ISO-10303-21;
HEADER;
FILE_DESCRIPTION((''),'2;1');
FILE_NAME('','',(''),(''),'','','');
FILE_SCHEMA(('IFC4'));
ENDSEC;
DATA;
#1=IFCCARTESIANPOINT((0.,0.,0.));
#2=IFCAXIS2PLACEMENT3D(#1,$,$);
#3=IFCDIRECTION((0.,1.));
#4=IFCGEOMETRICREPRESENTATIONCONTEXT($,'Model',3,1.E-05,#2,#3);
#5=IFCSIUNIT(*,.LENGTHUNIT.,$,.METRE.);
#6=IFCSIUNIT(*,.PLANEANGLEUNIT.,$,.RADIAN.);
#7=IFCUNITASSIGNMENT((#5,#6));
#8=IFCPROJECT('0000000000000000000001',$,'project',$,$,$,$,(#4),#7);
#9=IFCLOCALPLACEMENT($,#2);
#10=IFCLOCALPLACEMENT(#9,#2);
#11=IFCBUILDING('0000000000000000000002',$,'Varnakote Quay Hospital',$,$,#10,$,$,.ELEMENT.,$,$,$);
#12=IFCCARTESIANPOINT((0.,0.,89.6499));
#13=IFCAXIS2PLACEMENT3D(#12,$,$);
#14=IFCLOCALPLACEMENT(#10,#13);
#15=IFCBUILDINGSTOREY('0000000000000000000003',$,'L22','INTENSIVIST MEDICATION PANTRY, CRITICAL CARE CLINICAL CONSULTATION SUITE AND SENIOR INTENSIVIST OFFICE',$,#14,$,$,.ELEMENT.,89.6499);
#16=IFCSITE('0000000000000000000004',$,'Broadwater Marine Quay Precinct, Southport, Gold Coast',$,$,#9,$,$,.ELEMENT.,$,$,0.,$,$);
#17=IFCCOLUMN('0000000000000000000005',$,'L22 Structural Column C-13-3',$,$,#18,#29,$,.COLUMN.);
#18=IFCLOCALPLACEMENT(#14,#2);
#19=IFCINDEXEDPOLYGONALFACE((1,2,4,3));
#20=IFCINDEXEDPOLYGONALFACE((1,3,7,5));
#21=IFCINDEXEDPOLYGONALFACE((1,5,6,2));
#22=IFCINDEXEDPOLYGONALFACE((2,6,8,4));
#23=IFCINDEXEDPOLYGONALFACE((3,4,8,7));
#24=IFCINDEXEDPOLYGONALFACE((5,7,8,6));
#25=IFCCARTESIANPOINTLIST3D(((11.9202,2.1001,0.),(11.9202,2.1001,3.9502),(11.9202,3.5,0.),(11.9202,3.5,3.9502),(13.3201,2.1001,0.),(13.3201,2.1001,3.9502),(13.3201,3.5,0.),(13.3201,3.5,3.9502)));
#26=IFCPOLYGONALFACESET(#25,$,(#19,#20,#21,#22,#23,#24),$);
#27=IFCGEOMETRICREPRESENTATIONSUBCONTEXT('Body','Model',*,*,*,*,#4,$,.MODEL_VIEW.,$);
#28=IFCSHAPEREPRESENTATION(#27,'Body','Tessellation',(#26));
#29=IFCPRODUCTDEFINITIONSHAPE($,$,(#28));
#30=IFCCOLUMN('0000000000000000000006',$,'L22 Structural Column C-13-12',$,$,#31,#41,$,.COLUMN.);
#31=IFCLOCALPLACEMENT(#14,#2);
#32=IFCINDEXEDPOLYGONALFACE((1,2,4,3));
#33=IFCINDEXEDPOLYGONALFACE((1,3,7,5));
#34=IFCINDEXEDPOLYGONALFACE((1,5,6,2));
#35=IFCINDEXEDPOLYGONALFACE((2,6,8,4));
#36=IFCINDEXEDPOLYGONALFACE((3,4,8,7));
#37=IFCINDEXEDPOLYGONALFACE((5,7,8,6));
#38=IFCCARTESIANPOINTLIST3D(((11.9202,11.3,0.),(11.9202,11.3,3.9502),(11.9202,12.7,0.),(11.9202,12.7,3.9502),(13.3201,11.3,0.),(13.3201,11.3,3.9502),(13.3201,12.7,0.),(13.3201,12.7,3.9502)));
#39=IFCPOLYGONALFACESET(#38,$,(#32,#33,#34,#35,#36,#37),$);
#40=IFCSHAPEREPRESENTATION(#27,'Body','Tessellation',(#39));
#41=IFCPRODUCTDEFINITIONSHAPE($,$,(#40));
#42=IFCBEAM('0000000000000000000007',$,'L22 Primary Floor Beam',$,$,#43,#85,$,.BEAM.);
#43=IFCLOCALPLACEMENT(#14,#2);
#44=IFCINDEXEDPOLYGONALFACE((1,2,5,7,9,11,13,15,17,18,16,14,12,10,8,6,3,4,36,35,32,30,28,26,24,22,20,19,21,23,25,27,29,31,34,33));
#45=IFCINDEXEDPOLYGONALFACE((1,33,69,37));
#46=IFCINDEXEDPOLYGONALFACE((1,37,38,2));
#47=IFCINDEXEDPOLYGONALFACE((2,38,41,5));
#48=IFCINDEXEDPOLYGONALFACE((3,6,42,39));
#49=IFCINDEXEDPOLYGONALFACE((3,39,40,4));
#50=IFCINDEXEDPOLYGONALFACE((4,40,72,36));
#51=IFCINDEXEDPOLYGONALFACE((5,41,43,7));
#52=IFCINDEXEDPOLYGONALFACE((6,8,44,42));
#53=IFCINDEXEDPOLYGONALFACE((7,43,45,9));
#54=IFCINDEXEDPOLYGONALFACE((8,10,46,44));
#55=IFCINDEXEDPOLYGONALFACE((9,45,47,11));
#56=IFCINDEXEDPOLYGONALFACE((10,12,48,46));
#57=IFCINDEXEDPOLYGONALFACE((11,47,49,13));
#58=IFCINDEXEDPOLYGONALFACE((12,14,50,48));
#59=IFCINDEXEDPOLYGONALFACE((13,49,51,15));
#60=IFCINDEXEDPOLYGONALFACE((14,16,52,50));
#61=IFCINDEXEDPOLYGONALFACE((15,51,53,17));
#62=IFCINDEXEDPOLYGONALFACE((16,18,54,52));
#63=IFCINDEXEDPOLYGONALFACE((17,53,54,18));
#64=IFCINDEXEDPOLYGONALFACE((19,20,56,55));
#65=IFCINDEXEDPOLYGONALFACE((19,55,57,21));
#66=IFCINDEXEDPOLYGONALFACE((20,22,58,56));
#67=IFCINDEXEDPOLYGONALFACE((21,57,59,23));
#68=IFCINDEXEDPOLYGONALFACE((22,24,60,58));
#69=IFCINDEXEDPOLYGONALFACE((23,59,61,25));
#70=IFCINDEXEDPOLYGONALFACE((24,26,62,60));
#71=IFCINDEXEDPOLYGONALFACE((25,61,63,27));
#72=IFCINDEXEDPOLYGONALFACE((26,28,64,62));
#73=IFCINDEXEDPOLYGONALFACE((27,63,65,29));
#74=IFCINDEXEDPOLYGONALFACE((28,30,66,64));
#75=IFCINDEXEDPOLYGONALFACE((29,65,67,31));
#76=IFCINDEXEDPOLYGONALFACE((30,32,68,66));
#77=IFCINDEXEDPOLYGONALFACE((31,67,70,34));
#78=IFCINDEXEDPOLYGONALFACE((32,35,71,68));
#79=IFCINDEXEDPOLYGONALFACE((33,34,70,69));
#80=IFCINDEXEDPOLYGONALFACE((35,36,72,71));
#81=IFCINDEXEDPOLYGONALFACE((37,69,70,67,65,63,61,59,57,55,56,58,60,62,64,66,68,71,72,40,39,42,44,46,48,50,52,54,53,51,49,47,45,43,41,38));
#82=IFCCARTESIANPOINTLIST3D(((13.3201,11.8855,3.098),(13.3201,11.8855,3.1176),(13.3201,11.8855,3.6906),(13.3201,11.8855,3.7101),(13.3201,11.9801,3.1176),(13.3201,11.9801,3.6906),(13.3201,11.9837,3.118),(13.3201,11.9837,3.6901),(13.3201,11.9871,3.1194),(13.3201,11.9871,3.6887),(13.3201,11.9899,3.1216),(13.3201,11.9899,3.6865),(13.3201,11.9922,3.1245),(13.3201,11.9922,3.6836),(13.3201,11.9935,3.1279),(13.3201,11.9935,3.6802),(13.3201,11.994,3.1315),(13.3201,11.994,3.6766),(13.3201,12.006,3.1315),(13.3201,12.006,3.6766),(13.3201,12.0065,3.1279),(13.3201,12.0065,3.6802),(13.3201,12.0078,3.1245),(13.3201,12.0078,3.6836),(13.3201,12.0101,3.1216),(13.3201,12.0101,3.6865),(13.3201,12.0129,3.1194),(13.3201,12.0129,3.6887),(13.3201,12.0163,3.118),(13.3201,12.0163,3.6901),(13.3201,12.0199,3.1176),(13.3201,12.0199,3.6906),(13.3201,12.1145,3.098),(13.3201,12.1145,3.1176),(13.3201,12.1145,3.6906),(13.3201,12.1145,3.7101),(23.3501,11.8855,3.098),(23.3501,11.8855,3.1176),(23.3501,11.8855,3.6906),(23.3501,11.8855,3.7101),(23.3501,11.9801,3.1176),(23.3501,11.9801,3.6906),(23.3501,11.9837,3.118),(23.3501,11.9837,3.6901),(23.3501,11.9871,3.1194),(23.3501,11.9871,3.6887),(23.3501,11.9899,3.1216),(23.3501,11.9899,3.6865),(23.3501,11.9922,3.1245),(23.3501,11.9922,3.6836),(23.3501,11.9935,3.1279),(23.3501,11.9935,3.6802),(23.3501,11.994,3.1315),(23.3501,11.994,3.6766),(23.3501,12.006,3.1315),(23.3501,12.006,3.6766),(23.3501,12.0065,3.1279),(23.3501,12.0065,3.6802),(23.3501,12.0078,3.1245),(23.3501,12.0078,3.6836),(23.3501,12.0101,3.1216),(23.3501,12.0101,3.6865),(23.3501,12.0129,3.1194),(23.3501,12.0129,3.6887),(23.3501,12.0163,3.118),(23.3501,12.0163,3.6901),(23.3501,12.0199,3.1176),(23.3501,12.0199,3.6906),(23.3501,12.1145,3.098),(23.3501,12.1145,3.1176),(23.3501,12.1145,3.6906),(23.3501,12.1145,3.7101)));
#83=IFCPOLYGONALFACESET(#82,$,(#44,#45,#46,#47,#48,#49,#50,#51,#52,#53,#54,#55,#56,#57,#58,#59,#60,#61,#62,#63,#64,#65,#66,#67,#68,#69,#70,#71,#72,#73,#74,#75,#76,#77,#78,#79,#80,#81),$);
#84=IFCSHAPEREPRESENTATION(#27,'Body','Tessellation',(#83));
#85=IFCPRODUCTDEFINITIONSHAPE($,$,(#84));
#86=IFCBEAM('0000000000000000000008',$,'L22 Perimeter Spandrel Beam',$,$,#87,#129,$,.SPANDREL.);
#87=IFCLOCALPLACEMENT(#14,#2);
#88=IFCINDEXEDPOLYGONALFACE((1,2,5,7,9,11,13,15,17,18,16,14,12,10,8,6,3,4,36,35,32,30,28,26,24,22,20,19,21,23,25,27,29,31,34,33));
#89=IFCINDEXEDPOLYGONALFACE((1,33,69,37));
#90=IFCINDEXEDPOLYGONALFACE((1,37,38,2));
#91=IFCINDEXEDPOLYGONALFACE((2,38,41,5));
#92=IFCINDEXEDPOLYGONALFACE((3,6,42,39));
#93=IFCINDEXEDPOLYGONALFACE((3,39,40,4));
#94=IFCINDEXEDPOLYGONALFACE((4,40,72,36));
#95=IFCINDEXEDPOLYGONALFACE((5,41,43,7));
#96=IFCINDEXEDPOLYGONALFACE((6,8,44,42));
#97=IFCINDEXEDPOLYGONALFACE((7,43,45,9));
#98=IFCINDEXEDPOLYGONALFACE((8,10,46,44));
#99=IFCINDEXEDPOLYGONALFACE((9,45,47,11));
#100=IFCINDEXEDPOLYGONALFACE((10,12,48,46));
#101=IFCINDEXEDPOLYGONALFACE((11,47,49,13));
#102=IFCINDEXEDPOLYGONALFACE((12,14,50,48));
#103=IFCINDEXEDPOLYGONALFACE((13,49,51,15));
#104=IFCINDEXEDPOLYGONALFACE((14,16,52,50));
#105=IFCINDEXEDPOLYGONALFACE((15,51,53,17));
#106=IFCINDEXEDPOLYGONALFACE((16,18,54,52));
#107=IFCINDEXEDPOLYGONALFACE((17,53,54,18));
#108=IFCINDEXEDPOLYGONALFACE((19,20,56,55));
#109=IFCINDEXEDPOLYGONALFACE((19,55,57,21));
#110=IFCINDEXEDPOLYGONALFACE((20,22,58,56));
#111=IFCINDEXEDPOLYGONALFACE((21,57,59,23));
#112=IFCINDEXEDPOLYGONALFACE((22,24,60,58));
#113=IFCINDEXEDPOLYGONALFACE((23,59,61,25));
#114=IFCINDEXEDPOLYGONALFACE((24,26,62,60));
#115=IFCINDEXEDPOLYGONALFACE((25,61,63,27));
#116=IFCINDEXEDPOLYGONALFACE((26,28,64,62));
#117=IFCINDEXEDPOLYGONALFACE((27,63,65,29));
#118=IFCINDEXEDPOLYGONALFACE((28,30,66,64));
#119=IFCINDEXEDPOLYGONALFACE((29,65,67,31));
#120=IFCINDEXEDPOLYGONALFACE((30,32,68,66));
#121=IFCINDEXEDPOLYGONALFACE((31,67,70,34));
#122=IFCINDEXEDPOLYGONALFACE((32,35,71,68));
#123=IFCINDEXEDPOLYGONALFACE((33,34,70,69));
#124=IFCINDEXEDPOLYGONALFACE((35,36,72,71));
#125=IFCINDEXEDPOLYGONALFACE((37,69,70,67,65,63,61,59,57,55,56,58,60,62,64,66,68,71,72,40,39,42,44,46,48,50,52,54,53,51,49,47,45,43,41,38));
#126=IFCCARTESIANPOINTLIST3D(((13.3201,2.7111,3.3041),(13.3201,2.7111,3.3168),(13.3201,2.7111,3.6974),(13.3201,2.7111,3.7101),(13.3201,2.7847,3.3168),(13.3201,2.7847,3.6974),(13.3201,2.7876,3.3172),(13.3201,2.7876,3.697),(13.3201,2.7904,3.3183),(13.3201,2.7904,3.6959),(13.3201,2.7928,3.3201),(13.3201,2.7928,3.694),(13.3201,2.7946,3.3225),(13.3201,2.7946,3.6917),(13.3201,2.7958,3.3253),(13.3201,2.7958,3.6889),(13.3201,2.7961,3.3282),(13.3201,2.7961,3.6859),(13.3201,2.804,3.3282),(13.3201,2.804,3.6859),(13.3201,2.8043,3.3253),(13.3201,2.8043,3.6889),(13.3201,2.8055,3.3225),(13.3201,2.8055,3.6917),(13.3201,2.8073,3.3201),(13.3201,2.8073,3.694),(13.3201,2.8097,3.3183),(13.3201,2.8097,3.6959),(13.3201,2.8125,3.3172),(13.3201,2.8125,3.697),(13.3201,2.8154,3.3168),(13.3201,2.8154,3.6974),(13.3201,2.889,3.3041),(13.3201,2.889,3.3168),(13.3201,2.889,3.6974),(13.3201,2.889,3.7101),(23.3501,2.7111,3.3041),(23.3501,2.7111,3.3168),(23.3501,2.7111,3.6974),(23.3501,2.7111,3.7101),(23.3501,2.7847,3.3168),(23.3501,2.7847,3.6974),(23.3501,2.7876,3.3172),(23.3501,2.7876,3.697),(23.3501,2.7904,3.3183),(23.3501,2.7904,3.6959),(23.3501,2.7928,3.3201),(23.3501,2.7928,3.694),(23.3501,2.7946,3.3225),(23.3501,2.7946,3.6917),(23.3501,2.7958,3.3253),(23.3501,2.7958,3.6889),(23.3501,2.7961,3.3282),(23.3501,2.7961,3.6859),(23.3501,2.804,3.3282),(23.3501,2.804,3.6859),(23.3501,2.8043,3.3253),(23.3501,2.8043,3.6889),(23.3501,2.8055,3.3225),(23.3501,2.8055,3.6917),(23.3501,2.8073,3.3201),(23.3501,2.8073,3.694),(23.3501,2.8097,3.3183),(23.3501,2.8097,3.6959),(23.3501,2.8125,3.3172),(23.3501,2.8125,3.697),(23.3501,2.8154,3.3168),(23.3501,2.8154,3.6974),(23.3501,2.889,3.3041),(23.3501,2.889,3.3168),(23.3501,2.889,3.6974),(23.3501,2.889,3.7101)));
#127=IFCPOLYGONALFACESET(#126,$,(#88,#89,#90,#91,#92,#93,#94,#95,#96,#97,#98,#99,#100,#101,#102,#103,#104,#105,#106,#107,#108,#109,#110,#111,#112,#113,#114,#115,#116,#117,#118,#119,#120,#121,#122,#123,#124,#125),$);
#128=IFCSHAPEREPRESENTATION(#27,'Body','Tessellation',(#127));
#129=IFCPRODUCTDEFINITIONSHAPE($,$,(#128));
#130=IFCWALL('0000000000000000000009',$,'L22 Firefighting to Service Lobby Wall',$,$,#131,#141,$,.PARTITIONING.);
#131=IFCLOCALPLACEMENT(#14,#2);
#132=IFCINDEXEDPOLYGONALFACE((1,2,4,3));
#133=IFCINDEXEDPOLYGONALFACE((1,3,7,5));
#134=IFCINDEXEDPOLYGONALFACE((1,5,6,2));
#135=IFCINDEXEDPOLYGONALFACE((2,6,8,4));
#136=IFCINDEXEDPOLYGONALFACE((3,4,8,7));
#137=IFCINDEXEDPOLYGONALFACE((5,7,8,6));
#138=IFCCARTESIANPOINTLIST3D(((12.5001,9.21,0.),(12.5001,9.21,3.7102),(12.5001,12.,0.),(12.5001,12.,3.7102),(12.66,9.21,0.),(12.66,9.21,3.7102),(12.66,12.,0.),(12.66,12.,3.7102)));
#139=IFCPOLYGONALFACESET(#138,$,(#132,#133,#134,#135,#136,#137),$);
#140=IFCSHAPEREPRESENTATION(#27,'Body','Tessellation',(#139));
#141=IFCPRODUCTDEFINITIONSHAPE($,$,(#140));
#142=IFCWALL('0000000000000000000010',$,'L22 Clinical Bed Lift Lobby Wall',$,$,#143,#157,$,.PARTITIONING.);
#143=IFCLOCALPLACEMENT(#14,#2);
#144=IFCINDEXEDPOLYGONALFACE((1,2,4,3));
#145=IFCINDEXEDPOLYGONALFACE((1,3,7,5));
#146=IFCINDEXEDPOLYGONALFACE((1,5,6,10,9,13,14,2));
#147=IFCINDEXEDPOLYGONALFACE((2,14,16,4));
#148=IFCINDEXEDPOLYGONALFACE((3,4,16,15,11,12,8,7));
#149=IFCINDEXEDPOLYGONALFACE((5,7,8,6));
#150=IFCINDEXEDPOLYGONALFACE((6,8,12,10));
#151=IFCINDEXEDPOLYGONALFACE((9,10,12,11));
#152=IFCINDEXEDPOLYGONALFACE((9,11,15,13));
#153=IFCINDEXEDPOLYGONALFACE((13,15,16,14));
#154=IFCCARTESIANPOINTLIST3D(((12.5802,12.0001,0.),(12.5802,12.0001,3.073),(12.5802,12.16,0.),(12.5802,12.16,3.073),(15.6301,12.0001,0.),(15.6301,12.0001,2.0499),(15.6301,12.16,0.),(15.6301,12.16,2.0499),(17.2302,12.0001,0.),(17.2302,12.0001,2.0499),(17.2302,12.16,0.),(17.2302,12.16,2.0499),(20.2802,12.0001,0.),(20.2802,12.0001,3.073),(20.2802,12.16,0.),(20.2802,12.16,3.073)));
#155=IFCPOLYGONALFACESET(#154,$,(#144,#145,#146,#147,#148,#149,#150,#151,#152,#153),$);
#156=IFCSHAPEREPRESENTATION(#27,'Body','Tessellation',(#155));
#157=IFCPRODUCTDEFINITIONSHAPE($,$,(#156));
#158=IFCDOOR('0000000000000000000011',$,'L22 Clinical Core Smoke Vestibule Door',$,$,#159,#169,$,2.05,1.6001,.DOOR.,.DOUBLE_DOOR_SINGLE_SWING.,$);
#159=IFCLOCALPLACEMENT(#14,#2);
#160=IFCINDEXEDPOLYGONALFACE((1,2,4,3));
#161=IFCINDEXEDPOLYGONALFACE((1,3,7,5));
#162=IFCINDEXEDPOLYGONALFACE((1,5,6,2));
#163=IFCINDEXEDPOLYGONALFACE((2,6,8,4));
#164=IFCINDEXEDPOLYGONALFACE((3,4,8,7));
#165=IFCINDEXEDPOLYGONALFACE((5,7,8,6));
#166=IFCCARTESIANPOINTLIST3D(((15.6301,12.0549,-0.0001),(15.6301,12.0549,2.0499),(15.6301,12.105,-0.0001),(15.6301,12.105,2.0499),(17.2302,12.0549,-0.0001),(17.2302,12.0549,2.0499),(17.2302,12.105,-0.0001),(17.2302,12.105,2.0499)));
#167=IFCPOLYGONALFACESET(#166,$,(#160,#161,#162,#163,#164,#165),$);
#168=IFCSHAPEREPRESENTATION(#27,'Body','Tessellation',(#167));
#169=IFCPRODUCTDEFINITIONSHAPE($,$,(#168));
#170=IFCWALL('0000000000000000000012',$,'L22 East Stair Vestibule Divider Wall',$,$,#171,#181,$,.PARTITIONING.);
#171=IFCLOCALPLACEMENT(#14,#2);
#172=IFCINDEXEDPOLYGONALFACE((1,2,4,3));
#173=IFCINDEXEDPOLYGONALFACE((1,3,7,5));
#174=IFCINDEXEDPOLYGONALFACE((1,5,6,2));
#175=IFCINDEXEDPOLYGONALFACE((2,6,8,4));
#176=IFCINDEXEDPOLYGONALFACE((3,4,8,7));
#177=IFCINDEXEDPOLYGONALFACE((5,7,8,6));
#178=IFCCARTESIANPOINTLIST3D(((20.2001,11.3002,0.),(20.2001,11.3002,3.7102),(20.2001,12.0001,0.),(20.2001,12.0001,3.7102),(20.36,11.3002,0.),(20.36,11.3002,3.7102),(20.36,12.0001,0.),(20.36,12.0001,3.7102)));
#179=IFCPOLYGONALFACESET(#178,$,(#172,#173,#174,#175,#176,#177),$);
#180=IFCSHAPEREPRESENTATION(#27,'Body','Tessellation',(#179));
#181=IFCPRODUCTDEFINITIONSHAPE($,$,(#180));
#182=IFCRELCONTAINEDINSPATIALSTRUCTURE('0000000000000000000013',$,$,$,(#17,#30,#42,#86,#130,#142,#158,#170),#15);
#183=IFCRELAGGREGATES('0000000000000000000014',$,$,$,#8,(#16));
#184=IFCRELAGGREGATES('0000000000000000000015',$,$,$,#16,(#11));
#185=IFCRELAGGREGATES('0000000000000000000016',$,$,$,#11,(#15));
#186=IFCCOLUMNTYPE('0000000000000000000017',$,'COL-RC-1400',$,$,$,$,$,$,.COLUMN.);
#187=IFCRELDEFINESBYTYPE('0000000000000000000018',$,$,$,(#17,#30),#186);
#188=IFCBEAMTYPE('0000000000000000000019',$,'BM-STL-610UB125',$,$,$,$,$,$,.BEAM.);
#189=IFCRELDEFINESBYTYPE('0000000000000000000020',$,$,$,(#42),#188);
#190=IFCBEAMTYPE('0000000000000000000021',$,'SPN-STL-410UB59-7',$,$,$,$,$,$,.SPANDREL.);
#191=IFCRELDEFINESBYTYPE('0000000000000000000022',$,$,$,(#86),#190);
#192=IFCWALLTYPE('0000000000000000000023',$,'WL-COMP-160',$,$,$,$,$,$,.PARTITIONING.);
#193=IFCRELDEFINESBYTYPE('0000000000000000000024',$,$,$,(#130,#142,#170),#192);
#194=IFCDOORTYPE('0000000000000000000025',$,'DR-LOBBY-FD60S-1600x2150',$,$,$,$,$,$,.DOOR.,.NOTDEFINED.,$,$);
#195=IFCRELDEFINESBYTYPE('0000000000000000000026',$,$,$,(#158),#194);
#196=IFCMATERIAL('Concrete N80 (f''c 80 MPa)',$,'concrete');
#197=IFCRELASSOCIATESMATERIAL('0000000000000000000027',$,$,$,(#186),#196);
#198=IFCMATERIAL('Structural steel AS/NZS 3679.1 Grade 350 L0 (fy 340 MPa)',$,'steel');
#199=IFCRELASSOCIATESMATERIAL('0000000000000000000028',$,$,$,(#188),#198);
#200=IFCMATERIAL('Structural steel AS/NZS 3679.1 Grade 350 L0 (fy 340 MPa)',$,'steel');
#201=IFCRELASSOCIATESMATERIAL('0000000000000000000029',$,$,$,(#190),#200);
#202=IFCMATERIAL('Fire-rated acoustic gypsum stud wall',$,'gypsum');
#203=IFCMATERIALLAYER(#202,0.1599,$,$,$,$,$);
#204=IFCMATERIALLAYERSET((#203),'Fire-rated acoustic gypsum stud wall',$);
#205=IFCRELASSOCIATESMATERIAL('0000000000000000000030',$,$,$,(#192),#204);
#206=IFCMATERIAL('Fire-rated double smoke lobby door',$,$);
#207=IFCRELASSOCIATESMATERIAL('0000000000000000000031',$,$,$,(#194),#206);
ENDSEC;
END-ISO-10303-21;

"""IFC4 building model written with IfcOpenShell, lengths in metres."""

from ifc_helpers import new_model, si_unit, direction, frame, frame_2d, origin, origin_2d, place, context, subcontext, project, spatial, rectangle, i_section, extrude, material, layer, layer_set, material_profile, profile_set, type_object, element, fill, save


model = new_model("IFC4")

# Units and contexts
model_context = context("Model", 3, precision=1e-05, world=origin(), true_north=direction((0.0, 1.0)))
body_context = subcontext(model_context, "Body", "Model", "MODEL_VIEW")
ifc_project = project(units=[si_unit("LENGTHUNIT", "METRE"), si_unit("PLANEANGLEUNIT", "RADIAN")], contexts=[model_context])

# Site, building, storey
site_placement = place(None, origin())
site = spatial("IfcSite", under=ifc_project, at=site_placement, Name="Broadwater Marine Quay Precinct, Southport, Gold Coast", CompositionType="ELEMENT", RefElevation=0.0)
building_placement = place(site_placement, origin())
building = spatial("IfcBuilding", under=site, at=building_placement, Name="Varnakote Quay Hospital", CompositionType="ELEMENT")
storey_placement = place(building_placement, frame((0.0, 0.0, 89.6499)))
storey = spatial("IfcBuildingStorey", under=building, at=storey_placement, Name="L22", Description="INTENSIVIST MEDICATION PANTRY, CRITICAL CARE CLINICAL CONSULTATION SUITE AND SENIOR INTENSIVIST OFFICE", CompositionType="ELEMENT", Elevation=89.6499)

# Columns
ifc_material_1 = material(Name="Concrete N80 (f'c 80 MPa)", Category="concrete")
ifc_material_profile_1 = material_profile(ifc_material_1, rectangle(XDim=1.3999, YDim=1.3999, at=origin_2d()), Name="RC-COL-1400x1400")
ifc_profile_set_1 = profile_set([ifc_material_profile_1], Name="Concrete N80 (f'c 80 MPa)")
column_type = type_object("IfcColumnType", Name="COL-RC-1400", PredefinedType="COLUMN", material=ifc_profile_set_1)
for number, where, z_axis, x_axis, name in (
    (1, (12.6201, 2.8, 0.0), (0.0, 0.0, 1.0), (1.0, 0.0, 0.0), "L22 Structural Column C-13-3"),
    (2, (12.6201, 12.0, 0.0), (0.0, 0.0, 1.0), (1.0, 0.0, 0.0), "L22 Structural Column C-13-12"),
):
    element("IfcColumn", number, at=place(storey_placement, frame(where, z_axis=z_axis, x_axis=x_axis)), inside=storey, type_object=column_type, Name=name, PredefinedType="COLUMN", context=body_context, shape_type="SweptSolid", body=[
        extrude(rectangle(XDim=1.3999, YDim=1.3999, at=origin_2d()), origin(), (0.0, 0.0, 1.0), 3.9502),
    ])

# Beams
ifc_material_2 = material(Name="Structural steel AS/NZS 3679.1 Grade 350 L0 (fy 340 MPa)", Category="steel")
ifc_material_profile_2 = material_profile(ifc_material_2, i_section(OverallWidth=0.229, OverallDepth=0.6121, WebThickness=0.012, FlangeThickness=0.0195, FilletRadius=0.0139, at=origin_2d()), Name="610UB125")
ifc_profile_set_2 = profile_set([ifc_material_profile_2], Name="Structural steel AS/NZS 3679.1 Grade 350 L0 (fy 340 MPa)")
beam_type_1 = type_object("IfcBeamType", Name="BM-STL-610UB125", PredefinedType="BEAM", material=ifc_profile_set_2)
beam_1_placement = place(storey_placement, frame((13.3201, 12.0, 3.4041), z_axis=(1.0, 0.0, 0.0), x_axis=(0.0, 1.0, 0.0)))
element("IfcBeam", 3, at=beam_1_placement, inside=storey, type_object=beam_type_1, Name="L22 Primary Floor Beam", PredefinedType="BEAM", context=body_context, shape_type="SweptSolid", body=[
    extrude(i_section(OverallWidth=0.229, OverallDepth=0.6121, WebThickness=0.012, FlangeThickness=0.0195, FilletRadius=0.0139, at=origin_2d()), origin(), (0.0, 0.0, 1.0), 10.03),
])
ifc_material_3 = material(Name="Structural steel AS/NZS 3679.1 Grade 350 L0 (fy 340 MPa)", Category="steel")
ifc_material_profile_3 = material_profile(ifc_material_3, i_section(OverallWidth=0.178, OverallDepth=0.406, WebThickness=0.0078, FlangeThickness=0.0127, FilletRadius=0.0115, at=origin_2d()), Name="410UB59.7")
ifc_profile_set_3 = profile_set([ifc_material_profile_3], Name="Structural steel AS/NZS 3679.1 Grade 350 L0 (fy 340 MPa)")
beam_type_2 = type_object("IfcBeamType", Name="SPN-STL-410UB59-7", PredefinedType="SPANDREL", material=ifc_profile_set_3)
beam_2_placement = place(storey_placement, frame((13.3201, 2.8, 3.5071), z_axis=(1.0, 0.0, 0.0), x_axis=(0.0, 1.0, 0.0)))
element("IfcBeam", 4, at=beam_2_placement, inside=storey, type_object=beam_type_2, Name="L22 Perimeter Spandrel Beam", PredefinedType="SPANDREL", context=body_context, shape_type="SweptSolid", body=[
    extrude(i_section(OverallWidth=0.178, OverallDepth=0.406, WebThickness=0.0078, FlangeThickness=0.0127, FilletRadius=0.0115, at=origin_2d()), origin(), (0.0, 0.0, 1.0), 10.03),
])

# Wall
ifc_material_4 = material(Name="Fire-rated acoustic gypsum stud wall", Category="gypsum")
ifc_layer_1 = layer(ifc_material_4, 0.1599)
ifc_layer_set_1 = layer_set([ifc_layer_1], Name="Fire-rated acoustic gypsum stud wall")
wall_type_1 = type_object("IfcWallType", Name="WL-COMP-160", PredefinedType="PARTITIONING", material=ifc_layer_set_1)
wall_1_placement = place(storey_placement, frame((12.5801, 9.21, 0.0), z_axis=(0.0, 0.0, 1.0), x_axis=(0.0, 1.0, 0.0)))
element("IfcWall", 5, at=wall_1_placement, inside=storey, type_object=wall_type_1, Name="L22 Firefighting to Service Lobby Wall", PredefinedType="PARTITIONING", context=body_context, shape_type="SweptSolid", body=[
    extrude(rectangle(XDim=2.79, YDim=0.1599, at=frame_2d((1.395, 0.0))), origin(), (0.0, 0.0, 1.0), 3.7102),
])

# Wall, opening, door
wall_2_placement = place(storey_placement, frame((12.5801, 12.0801, 0.0), z_axis=(0.0, 0.0, 1.0), x_axis=(1.0, 0.0, 0.0)))
wall_2 = element("IfcWall", 6, at=wall_2_placement, inside=storey, type_object=wall_type_1, Name="L22 Clinical Bed Lift Lobby Wall", PredefinedType="PARTITIONING", context=body_context, shape_type="SweptSolid", body=[
    extrude(rectangle(XDim=7.7, YDim=0.1599, at=frame_2d((3.8501, 0.0))), origin(), (0.0, 0.0, 1.0), 3.073),
])
opening_1_placement = place(wall_2_placement, frame((3.05, 0.0, 0.0)))
opening_1 = element("IfcOpeningElement", 7, at=opening_1_placement, cuts=wall_2, PredefinedType="OPENING", context=body_context, shape_type="SweptSolid", body=[
    extrude(rectangle(XDim=1.6001, YDim=2.05, at=frame_2d((0.8, 1.0249))), frame((0.0, 0.0898, 0.0), z_axis=(0.0, -1.0, 0.0), x_axis=(1.0, 0.0, 0.0)), (0.0, 0.0, 1.0), 0.1799),
])
ifc_material_5 = material(Name="Fire-rated double smoke lobby door")
door_type_1 = type_object("IfcDoorType", Name="DR-LOBBY-FD60S-1600x2150", OperationType="NOTDEFINED", PredefinedType="DOOR", material=ifc_material_5)
door_1_placement = place(opening_1_placement, origin())
door_1 = element("IfcDoor", 8, at=door_1_placement, inside=storey, type_object=door_type_1, Name="L22 Clinical Core Smoke Vestibule Door", OperationType="DOUBLE_DOOR_SINGLE_SWING", OverallHeight=2.05, OverallWidth=1.6001, PredefinedType="DOOR", context=body_context, shape_type="SweptSolid", body=[
    extrude(rectangle(XDim=1.6001, YDim=2.05, at=frame_2d((0.8, 1.0249))), frame((0.0, 0.0249, 0.0), z_axis=(0.0, -1.0, 0.0), x_axis=(1.0, 0.0, 0.0)), (0.0, 0.0, 1.0), 0.05),
])
fill(opening_1, door_1)

# Wall
wall_3_placement = place(storey_placement, frame((20.28, 11.3, 0.0), z_axis=(0.0, 0.0, 1.0), x_axis=(0.0, 1.0, 0.0)))
element("IfcWall", 9, at=wall_3_placement, inside=storey, type_object=wall_type_1, Name="L22 East Stair Vestibule Divider Wall", PredefinedType="PARTITIONING", context=body_context, shape_type="SweptSolid", body=[
    extrude(rectangle(XDim=0.7, YDim=0.1599, at=frame_2d((0.3501, 0.0))), origin(), (0.0, 0.0, 1.0), 3.7102),
])

save(model, "model.ifc")
